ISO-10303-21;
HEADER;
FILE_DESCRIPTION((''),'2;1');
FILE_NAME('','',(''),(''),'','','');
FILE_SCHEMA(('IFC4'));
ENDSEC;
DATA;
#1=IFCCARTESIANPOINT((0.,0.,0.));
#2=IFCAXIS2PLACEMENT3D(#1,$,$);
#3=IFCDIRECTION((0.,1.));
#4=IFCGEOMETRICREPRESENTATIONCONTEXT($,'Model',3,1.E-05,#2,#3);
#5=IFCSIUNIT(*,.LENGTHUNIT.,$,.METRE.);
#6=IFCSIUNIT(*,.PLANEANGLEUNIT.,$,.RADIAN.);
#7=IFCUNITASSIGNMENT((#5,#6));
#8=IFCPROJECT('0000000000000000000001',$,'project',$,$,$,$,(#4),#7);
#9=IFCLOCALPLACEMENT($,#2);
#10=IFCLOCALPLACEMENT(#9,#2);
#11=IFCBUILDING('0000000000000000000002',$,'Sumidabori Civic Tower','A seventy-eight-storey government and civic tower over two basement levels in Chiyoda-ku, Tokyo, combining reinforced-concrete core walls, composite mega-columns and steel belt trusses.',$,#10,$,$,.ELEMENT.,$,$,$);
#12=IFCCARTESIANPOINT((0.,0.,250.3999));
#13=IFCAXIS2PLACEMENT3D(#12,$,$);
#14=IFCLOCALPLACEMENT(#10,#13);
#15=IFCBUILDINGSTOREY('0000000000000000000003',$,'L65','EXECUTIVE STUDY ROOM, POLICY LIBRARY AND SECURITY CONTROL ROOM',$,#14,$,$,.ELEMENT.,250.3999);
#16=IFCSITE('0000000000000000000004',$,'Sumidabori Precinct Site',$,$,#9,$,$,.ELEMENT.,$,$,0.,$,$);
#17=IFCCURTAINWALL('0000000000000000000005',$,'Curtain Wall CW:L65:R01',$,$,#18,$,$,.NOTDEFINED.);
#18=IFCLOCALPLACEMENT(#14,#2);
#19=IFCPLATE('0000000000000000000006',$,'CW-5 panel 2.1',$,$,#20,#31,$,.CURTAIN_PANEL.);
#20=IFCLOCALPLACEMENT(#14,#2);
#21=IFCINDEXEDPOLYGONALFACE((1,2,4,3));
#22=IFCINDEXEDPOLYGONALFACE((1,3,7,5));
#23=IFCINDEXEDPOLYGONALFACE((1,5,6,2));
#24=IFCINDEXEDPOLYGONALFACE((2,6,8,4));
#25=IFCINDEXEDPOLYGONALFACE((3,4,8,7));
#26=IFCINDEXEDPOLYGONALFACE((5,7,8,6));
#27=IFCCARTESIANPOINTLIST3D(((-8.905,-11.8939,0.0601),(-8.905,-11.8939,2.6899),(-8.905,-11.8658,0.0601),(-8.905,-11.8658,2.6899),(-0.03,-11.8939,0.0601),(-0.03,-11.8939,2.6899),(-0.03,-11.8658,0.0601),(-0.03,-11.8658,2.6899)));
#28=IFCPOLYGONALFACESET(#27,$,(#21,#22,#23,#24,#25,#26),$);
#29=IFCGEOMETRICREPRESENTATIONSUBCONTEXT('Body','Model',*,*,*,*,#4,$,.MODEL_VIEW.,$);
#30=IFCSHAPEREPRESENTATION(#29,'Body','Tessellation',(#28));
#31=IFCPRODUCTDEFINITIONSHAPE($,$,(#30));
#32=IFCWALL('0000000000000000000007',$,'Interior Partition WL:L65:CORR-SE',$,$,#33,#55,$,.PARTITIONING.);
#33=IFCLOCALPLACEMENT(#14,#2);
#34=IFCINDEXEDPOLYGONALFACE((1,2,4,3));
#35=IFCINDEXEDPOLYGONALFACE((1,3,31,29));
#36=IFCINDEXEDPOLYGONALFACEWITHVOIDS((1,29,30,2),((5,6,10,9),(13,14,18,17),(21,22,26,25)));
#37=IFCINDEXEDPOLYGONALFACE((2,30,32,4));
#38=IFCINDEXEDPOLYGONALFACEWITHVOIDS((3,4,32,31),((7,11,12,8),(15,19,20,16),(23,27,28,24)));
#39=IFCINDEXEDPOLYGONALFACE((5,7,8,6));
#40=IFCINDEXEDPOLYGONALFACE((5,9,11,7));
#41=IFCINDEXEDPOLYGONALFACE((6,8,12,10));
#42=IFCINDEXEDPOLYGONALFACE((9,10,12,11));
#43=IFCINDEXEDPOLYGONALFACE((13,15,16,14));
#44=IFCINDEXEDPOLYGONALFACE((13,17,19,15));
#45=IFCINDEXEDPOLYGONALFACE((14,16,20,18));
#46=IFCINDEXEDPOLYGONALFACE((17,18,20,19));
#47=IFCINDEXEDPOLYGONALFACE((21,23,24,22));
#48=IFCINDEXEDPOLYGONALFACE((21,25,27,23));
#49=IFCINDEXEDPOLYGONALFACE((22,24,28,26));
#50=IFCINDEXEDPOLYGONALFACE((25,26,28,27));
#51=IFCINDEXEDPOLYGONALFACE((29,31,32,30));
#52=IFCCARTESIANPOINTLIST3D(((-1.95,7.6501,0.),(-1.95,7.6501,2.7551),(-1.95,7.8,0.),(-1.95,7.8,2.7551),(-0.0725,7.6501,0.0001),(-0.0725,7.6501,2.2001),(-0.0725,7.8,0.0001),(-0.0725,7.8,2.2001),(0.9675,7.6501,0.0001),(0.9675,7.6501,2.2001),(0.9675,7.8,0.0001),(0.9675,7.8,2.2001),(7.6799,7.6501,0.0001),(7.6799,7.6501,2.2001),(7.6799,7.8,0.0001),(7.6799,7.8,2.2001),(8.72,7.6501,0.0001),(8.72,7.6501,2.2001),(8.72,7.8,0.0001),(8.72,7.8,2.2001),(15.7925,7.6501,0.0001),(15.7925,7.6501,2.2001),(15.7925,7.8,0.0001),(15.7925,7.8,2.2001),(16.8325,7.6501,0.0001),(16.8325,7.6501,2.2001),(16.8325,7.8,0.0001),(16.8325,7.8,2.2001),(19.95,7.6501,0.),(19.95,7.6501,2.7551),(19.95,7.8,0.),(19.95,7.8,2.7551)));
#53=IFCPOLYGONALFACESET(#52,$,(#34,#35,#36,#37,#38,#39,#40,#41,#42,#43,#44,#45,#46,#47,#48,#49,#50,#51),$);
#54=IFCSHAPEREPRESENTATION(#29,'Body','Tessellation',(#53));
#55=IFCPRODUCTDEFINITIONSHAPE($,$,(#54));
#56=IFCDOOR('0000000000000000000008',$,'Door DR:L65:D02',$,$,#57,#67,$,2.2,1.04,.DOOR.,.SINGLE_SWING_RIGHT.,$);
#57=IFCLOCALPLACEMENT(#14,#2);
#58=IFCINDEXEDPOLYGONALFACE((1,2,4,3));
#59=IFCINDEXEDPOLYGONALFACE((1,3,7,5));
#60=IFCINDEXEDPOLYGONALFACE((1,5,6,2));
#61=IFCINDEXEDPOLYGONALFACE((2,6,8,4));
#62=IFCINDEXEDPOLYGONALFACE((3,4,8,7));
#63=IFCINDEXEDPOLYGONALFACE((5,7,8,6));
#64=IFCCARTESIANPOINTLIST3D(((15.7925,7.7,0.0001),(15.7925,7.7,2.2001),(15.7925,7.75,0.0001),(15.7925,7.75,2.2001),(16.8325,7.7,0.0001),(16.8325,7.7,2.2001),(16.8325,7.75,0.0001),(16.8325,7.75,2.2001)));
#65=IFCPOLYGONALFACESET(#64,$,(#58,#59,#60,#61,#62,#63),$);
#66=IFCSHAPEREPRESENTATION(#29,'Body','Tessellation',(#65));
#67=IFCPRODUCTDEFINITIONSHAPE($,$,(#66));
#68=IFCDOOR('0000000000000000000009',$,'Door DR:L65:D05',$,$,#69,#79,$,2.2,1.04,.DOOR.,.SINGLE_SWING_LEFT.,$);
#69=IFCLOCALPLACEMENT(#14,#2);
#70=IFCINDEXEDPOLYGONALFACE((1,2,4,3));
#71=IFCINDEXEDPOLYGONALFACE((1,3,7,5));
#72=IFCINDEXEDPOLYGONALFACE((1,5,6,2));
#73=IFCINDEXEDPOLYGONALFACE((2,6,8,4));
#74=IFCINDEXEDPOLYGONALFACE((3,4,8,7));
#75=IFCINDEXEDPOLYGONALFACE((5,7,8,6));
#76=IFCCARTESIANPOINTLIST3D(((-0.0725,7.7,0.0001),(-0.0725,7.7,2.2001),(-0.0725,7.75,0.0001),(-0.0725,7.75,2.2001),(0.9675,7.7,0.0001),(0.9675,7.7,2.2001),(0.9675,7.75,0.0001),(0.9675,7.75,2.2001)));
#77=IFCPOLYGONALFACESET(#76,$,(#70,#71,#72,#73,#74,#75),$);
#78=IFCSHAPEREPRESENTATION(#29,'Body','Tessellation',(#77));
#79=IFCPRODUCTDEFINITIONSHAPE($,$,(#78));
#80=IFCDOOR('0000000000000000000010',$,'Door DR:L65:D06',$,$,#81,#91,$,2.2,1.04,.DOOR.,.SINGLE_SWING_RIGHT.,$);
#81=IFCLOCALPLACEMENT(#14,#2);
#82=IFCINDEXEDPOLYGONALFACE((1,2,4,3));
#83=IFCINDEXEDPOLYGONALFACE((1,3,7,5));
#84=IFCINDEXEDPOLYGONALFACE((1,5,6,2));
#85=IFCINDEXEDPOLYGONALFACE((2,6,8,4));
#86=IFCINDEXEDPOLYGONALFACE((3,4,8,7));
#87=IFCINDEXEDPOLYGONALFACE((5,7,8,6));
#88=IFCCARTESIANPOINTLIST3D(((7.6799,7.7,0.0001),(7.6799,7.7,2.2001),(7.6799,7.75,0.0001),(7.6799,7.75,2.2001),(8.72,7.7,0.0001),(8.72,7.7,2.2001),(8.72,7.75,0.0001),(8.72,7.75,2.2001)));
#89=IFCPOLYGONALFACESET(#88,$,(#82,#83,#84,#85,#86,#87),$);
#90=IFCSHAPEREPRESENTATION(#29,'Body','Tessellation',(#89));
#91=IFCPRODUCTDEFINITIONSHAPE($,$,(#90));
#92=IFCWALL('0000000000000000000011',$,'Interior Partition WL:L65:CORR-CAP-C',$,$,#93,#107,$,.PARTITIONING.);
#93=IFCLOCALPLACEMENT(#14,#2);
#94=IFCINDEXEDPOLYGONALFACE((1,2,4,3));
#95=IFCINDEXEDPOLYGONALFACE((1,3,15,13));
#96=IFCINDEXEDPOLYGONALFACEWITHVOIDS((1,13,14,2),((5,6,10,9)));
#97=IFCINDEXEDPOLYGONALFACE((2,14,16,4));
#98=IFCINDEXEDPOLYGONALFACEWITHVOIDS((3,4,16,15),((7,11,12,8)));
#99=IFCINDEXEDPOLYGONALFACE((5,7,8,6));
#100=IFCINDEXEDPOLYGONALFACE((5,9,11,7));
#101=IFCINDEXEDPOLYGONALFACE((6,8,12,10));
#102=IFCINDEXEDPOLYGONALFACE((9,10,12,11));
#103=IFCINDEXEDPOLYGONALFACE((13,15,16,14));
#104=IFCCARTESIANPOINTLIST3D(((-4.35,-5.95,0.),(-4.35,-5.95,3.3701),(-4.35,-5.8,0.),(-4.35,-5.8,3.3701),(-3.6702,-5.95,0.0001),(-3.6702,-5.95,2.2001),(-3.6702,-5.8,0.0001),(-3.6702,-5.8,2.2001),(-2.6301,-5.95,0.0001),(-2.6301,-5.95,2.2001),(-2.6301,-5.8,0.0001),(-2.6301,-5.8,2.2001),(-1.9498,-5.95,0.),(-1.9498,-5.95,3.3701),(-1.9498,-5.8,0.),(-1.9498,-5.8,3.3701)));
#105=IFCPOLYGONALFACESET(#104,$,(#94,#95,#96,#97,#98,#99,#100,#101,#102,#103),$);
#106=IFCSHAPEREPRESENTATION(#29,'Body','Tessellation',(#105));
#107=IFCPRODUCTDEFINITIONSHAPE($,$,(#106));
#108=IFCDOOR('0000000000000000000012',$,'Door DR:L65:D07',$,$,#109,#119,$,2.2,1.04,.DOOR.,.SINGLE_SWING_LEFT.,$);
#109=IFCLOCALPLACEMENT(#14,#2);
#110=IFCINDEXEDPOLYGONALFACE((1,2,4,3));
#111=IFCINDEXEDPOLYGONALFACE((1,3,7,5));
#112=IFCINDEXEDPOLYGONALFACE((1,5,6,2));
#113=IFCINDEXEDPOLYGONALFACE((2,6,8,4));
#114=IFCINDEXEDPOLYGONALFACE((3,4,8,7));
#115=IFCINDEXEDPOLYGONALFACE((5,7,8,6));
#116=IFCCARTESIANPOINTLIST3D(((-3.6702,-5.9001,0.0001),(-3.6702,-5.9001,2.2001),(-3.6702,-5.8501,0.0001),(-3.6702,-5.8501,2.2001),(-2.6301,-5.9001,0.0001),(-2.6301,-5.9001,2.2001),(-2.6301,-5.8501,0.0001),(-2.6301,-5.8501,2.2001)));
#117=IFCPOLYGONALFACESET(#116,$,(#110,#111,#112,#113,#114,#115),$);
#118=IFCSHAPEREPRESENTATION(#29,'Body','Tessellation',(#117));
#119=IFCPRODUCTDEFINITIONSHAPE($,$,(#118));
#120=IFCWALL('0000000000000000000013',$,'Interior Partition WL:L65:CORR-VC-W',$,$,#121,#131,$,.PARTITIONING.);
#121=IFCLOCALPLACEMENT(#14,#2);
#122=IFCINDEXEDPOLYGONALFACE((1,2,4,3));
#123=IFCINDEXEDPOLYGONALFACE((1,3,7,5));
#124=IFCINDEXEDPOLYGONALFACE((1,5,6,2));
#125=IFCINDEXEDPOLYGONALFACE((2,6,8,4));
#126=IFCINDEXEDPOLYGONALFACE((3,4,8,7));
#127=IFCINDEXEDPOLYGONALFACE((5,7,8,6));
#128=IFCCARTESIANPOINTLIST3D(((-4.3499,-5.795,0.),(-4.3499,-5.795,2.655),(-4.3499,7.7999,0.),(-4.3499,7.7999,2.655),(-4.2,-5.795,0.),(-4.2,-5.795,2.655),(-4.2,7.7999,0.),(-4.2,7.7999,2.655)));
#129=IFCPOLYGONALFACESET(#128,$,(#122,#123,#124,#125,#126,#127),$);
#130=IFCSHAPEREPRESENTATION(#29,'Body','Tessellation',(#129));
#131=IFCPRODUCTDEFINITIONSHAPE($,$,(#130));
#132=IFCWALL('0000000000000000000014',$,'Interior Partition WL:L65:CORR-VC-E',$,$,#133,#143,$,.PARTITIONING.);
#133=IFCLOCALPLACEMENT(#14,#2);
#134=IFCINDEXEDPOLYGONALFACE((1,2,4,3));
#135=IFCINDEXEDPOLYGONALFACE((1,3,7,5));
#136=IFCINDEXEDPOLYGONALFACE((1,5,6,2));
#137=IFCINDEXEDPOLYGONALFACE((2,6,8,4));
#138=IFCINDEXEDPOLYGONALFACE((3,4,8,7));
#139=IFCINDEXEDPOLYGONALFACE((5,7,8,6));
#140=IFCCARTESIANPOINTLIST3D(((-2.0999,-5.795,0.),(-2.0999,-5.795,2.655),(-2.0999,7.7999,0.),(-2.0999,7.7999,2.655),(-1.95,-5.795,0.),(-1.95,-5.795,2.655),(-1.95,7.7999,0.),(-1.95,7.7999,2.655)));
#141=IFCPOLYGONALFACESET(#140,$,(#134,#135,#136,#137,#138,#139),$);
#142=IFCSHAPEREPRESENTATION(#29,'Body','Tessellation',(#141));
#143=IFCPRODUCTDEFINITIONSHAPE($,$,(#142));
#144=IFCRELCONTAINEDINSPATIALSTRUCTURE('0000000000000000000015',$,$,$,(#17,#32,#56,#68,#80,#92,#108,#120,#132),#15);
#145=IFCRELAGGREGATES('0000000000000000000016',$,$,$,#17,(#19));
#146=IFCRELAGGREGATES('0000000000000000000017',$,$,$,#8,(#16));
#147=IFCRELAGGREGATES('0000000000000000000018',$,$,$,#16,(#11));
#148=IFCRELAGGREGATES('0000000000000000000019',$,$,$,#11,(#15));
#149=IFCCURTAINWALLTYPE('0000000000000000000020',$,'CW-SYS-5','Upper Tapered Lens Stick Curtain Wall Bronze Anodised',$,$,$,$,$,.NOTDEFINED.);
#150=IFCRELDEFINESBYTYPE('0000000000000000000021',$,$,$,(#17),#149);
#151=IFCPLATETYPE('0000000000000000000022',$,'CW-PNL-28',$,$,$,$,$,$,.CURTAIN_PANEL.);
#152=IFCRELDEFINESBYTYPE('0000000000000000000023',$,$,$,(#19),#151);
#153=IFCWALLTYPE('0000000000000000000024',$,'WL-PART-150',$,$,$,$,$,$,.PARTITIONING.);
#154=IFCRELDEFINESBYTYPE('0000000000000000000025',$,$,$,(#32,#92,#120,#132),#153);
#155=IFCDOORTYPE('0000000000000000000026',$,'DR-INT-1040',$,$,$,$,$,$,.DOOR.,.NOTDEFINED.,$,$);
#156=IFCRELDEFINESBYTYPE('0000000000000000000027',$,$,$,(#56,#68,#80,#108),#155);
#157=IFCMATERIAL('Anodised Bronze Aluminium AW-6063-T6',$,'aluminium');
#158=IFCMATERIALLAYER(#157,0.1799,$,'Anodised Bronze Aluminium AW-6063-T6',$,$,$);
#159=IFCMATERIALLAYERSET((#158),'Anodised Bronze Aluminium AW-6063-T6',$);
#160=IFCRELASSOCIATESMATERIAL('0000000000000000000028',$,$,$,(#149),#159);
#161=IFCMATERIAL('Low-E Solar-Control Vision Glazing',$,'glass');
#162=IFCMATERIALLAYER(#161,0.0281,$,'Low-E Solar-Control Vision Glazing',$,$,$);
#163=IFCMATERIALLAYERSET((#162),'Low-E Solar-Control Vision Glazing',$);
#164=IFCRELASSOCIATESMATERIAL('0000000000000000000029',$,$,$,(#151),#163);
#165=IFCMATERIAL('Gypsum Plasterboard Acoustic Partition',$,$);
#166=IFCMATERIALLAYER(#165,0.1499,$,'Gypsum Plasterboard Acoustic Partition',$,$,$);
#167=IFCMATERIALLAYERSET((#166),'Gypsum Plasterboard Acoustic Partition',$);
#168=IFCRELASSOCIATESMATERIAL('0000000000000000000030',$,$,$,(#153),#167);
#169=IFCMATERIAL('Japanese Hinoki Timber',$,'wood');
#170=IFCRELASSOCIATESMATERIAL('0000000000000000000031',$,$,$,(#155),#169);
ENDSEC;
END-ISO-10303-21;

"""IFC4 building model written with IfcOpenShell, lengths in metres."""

from ifc_helpers import new_model, si_unit, direction, frame, frame_2d, origin, origin_2d, place, context, subcontext, project, spatial, rectangle, extrude, source, transform, mapped, material, layer, layer_set, type_object, element, fill, aggregate, save


model = new_model("IFC4")

# Units and contexts
model_context = context("Model", 3, precision=1e-05, world=origin(), true_north=direction((0.0, 1.0)))
body_context = subcontext(model_context, "Body", "Model", "MODEL_VIEW")
ifc_project = project(units=[si_unit("LENGTHUNIT", "METRE"), si_unit("PLANEANGLEUNIT", "RADIAN")], contexts=[model_context])

# Site, building, storey
site_placement = place(None, origin())
site = spatial("IfcSite", under=ifc_project, at=site_placement, Name="Sumidabori Precinct Site", CompositionType="ELEMENT", RefElevation=0.0)
building_placement = place(site_placement, origin())
building = spatial("IfcBuilding", under=site, at=building_placement, Name="Sumidabori Civic Tower", Description="A seventy-eight-storey government and civic tower over two basement levels in Chiyoda-ku, Tokyo, combining reinforced-concrete core walls, composite mega-columns and steel belt trusses.", CompositionType="ELEMENT")
storey_placement = place(building_placement, frame((0.0, 0.0, 250.3999)))
storey = spatial("IfcBuildingStorey", under=building, at=storey_placement, Name="L65", Description="EXECUTIVE STUDY ROOM, POLICY LIBRARY AND SECURITY CONTROL ROOM", CompositionType="ELEMENT", Elevation=250.3999)

# Curtain wall
ifc_material_1 = material(Name="Anodised Bronze Aluminium AW-6063-T6", Category="aluminium")
ifc_layer_1 = layer(ifc_material_1, 0.1799, Name="Anodised Bronze Aluminium AW-6063-T6")
ifc_layer_set_1 = layer_set([ifc_layer_1], Name="Anodised Bronze Aluminium AW-6063-T6")
curtain_wall_type = type_object("IfcCurtainWallType", Name="CW-SYS-5", Description="Upper Tapered Lens Stick Curtain Wall Bronze Anodised", PredefinedType="NOTDEFINED", material=ifc_layer_set_1)
curtain_wall_placement = place(storey_placement, origin())
curtain_wall = element("IfcCurtainWall", 1, at=curtain_wall_placement, inside=storey, type_object=curtain_wall_type, Name="Curtain Wall CW:L65:R01", PredefinedType="NOTDEFINED")

# Plate
ifc_material_2 = material(Name="Low-E Solar-Control Vision Glazing", Category="glass")
ifc_layer_2 = layer(ifc_material_2, 0.0281, Name="Low-E Solar-Control Vision Glazing")
ifc_layer_set_2 = layer_set([ifc_layer_2], Name="Low-E Solar-Control Vision Glazing")
plate_type = type_object("IfcPlateType", Name="CW-PNL-28", PredefinedType="CURTAIN_PANEL", material=ifc_layer_set_2)
shared_shape_1 = source(origin(), body_context, "Body", "SweptSolid", [
    extrude(rectangle(XDim=8.875, YDim=0.0281, at=origin_2d()), origin(), (0.0, 0.0, 1.0), 2.6299),
])
plate_placement = place(storey_placement, frame((-4.4675, -11.8799, 0.0601), z_axis=(0.0, 0.0, 1.0), x_axis=(1.0, 0.0, 0.0)))
plate = element("IfcPlate", 2, at=plate_placement, type_object=plate_type, Name="CW-5 panel 2.1", PredefinedType="CURTAIN_PANEL", context=body_context, shape_type="MappedRepresentation", body=[
    mapped(shared_shape_1, transform((0.0, 0.0, 0.0), x_axis=(1.0, 0.0, 0.0), y_axis=(0.0, 1.0, 0.0), z_axis=(0.0, 0.0, 1.0), scale=1.0)),
])
aggregate(curtain_wall, [plate])

# Wall, openings, doors
ifc_material_3 = material(Name="Gypsum Plasterboard Acoustic Partition")
ifc_layer_3 = layer(ifc_material_3, 0.1499, Name="Gypsum Plasterboard Acoustic Partition")
ifc_layer_set_3 = layer_set([ifc_layer_3], Name="Gypsum Plasterboard Acoustic Partition")
wall_type = type_object("IfcWallType", Name="WL-PART-150", PredefinedType="PARTITIONING", material=ifc_layer_set_3)
shared_shape_2 = source(origin(), body_context, "Body", "SweptSolid", [
    extrude(rectangle(XDim=21.8999, YDim=0.1499, at=frame_2d((10.95, 0.0))), origin(), (0.0, 0.0, 1.0), 2.7551),
])
wall_1_placement = place(storey_placement, frame((-1.95, 7.7251, 0.0), z_axis=(0.0, 0.0, 1.0), x_axis=(1.0, 0.0, 0.0)))
wall_1 = element("IfcWall", 3, at=wall_1_placement, inside=storey, type_object=wall_type, Name="Interior Partition WL:L65:CORR-SE", PredefinedType="PARTITIONING", context=body_context, shape_type="MappedRepresentation", body=[
    mapped(shared_shape_2, transform((0.0, 0.0, 0.0), x_axis=(1.0, 0.0, 0.0), y_axis=(0.0, 1.0, 0.0), z_axis=(0.0, 0.0, 1.0), scale=1.0)),
])
opening_1_placement = place(wall_1_placement, frame((17.7424, 0.0, 0.0)))
opening_1 = element("IfcOpeningElement", 4, at=opening_1_placement, cuts=wall_1, PredefinedType="OPENING", context=body_context, shape_type="SweptSolid", body=[
    extrude(rectangle(XDim=1.04, YDim=2.2, at=frame_2d((0.52, 1.1001))), frame((0.0, 0.0869, 0.0), z_axis=(0.0, -1.0, 0.0), x_axis=(1.0, 0.0, 0.0)), (0.0, 0.0, 1.0), 0.1738),
])
opening_2_placement = place(wall_1_placement, frame((1.8774, 0.0, 0.0)))
opening_2 = element("IfcOpeningElement", 5, at=opening_2_placement, cuts=wall_1, PredefinedType="OPENING", context=body_context, shape_type="SweptSolid", body=[
    extrude(rectangle(XDim=1.04, YDim=2.2, at=frame_2d((0.52, 1.1001))), frame((0.0, 0.0869, 0.0), z_axis=(0.0, -1.0, 0.0), x_axis=(1.0, 0.0, 0.0)), (0.0, 0.0, 1.0), 0.1738),
])
opening_3_placement = place(wall_1_placement, frame((9.6299, 0.0, 0.0)))
opening_3 = element("IfcOpeningElement", 6, at=opening_3_placement, cuts=wall_1, PredefinedType="OPENING", context=body_context, shape_type="SweptSolid", body=[
    extrude(rectangle(XDim=1.04, YDim=2.2, at=frame_2d((0.52, 1.1001))), frame((0.0, 0.0869, 0.0), z_axis=(0.0, -1.0, 0.0), x_axis=(1.0, 0.0, 0.0)), (0.0, 0.0, 1.0), 0.1738),
])
ifc_material_4 = material(Name="Japanese Hinoki Timber", Category="wood")
door_type = type_object("IfcDoorType", Name="DR-INT-1040", OperationType="NOTDEFINED", PredefinedType="DOOR", material=ifc_material_4)
shared_shape_3 = source(origin(), body_context, "Body", "SweptSolid", [
    extrude(rectangle(XDim=1.04, YDim=2.2, at=frame_2d((0.52, 1.1001))), frame((0.0, 0.0249, 0.0), z_axis=(0.0, -1.0, 0.0), x_axis=(1.0, 0.0, 0.0)), (0.0, 0.0, 1.0), 0.05),
])
door_1_placement = place(opening_1_placement, origin())
door_1 = element("IfcDoor", 7, at=door_1_placement, inside=storey, type_object=door_type, Name="Door DR:L65:D02", OperationType="SINGLE_SWING_RIGHT", OverallHeight=2.2, OverallWidth=1.04, PredefinedType="DOOR", context=body_context, shape_type="MappedRepresentation", body=[
    mapped(shared_shape_3, transform((0.0, 0.0, 0.0), x_axis=(1.0, 0.0, 0.0), y_axis=(0.0, 1.0, 0.0), z_axis=(0.0, 0.0, 1.0), scale=1.0)),
])
fill(opening_1, door_1)
door_2_placement = place(opening_2_placement, origin())
door_2 = element("IfcDoor", 8, at=door_2_placement, inside=storey, type_object=door_type, Name="Door DR:L65:D05", OperationType="SINGLE_SWING_LEFT", OverallHeight=2.2, OverallWidth=1.04, PredefinedType="DOOR", context=body_context, shape_type="MappedRepresentation", body=[
    mapped(shared_shape_3, transform((0.0, 0.0, 0.0), x_axis=(1.0, 0.0, 0.0), y_axis=(0.0, 1.0, 0.0), z_axis=(0.0, 0.0, 1.0), scale=1.0)),
])
fill(opening_2, door_2)
door_3_placement = place(opening_3_placement, origin())
door_3 = element("IfcDoor", 9, at=door_3_placement, inside=storey, type_object=door_type, Name="Door DR:L65:D06", OperationType="SINGLE_SWING_RIGHT", OverallHeight=2.2, OverallWidth=1.04, PredefinedType="DOOR", context=body_context, shape_type="MappedRepresentation", body=[
    mapped(shared_shape_3, transform((0.0, 0.0, 0.0), x_axis=(1.0, 0.0, 0.0), y_axis=(0.0, 1.0, 0.0), z_axis=(0.0, 0.0, 1.0), scale=1.0)),
])
fill(opening_3, door_3)

# Wall, opening, door
shared_shape_4 = source(origin(), body_context, "Body", "SweptSolid", [
    extrude(rectangle(XDim=2.4001, YDim=0.1499, at=frame_2d((1.2002, 0.0))), origin(), (0.0, 0.0, 1.0), 3.3701),
])
wall_2_placement = place(storey_placement, frame((-4.3501, -5.875, 0.0), z_axis=(0.0, 0.0, 1.0), x_axis=(1.0, 0.0, 0.0)))
wall_2 = element("IfcWall", 10, at=wall_2_placement, inside=storey, type_object=wall_type, Name="Interior Partition WL:L65:CORR-CAP-C", PredefinedType="PARTITIONING", context=body_context, shape_type="MappedRepresentation", body=[
    mapped(shared_shape_4, transform((0.0, 0.0, 0.0), x_axis=(1.0, 0.0, 0.0), y_axis=(0.0, 1.0, 0.0), z_axis=(0.0, 0.0, 1.0), scale=1.0)),
])
opening_4_placement = place(wall_2_placement, frame((0.6799, 0.0, 0.0)))
opening_4 = element("IfcOpeningElement", 11, at=opening_4_placement, cuts=wall_2, PredefinedType="OPENING", context=body_context, shape_type="SweptSolid", body=[
    extrude(rectangle(XDim=1.04, YDim=2.2, at=frame_2d((0.52, 1.1001))), frame((0.0, 0.0869, 0.0), z_axis=(0.0, -1.0, 0.0), x_axis=(1.0, 0.0, 0.0)), (0.0, 0.0, 1.0), 0.1738),
])
door_4_placement = place(opening_4_placement, origin())
door_4 = element("IfcDoor", 12, at=door_4_placement, inside=storey, type_object=door_type, Name="Door DR:L65:D07", OperationType="SINGLE_SWING_LEFT", OverallHeight=2.2, OverallWidth=1.04, PredefinedType="DOOR", context=body_context, shape_type="MappedRepresentation", body=[
    mapped(shared_shape_3, transform((0.0, 0.0, 0.0), x_axis=(1.0, 0.0, 0.0), y_axis=(0.0, 1.0, 0.0), z_axis=(0.0, 0.0, 1.0), scale=1.0)),
])
fill(opening_4, door_4)

# Walls
shared_shape_5 = source(origin(), body_context, "Body", "SweptSolid", [
    extrude(rectangle(XDim=13.595, YDim=0.1499, at=frame_2d((6.7974, 0.0))), origin(), (0.0, 0.0, 1.0), 2.655),
])
for number, where, z_axis, x_axis, name in (
    (13, (-4.2749, -5.7949, 0.0), (0.0, 0.0, 1.0), (0.0, 1.0, 0.0), "Interior Partition WL:L65:CORR-VC-W"),
    (14, (-2.0249, -5.7949, 0.0), (0.0, 0.0, 1.0), (0.0, 1.0, 0.0), "Interior Partition WL:L65:CORR-VC-E"),
):
    element("IfcWall", number, at=place(storey_placement, frame(where, z_axis=z_axis, x_axis=x_axis)), inside=storey, type_object=wall_type, Name=name, PredefinedType="PARTITIONING", context=body_context, shape_type="MappedRepresentation", body=[
        mapped(shared_shape_5, transform((0.0, 0.0, 0.0), x_axis=(1.0, 0.0, 0.0), y_axis=(0.0, 1.0, 0.0), z_axis=(0.0, 0.0, 1.0), scale=1.0)),
    ])

save(model, "model.ifc")
